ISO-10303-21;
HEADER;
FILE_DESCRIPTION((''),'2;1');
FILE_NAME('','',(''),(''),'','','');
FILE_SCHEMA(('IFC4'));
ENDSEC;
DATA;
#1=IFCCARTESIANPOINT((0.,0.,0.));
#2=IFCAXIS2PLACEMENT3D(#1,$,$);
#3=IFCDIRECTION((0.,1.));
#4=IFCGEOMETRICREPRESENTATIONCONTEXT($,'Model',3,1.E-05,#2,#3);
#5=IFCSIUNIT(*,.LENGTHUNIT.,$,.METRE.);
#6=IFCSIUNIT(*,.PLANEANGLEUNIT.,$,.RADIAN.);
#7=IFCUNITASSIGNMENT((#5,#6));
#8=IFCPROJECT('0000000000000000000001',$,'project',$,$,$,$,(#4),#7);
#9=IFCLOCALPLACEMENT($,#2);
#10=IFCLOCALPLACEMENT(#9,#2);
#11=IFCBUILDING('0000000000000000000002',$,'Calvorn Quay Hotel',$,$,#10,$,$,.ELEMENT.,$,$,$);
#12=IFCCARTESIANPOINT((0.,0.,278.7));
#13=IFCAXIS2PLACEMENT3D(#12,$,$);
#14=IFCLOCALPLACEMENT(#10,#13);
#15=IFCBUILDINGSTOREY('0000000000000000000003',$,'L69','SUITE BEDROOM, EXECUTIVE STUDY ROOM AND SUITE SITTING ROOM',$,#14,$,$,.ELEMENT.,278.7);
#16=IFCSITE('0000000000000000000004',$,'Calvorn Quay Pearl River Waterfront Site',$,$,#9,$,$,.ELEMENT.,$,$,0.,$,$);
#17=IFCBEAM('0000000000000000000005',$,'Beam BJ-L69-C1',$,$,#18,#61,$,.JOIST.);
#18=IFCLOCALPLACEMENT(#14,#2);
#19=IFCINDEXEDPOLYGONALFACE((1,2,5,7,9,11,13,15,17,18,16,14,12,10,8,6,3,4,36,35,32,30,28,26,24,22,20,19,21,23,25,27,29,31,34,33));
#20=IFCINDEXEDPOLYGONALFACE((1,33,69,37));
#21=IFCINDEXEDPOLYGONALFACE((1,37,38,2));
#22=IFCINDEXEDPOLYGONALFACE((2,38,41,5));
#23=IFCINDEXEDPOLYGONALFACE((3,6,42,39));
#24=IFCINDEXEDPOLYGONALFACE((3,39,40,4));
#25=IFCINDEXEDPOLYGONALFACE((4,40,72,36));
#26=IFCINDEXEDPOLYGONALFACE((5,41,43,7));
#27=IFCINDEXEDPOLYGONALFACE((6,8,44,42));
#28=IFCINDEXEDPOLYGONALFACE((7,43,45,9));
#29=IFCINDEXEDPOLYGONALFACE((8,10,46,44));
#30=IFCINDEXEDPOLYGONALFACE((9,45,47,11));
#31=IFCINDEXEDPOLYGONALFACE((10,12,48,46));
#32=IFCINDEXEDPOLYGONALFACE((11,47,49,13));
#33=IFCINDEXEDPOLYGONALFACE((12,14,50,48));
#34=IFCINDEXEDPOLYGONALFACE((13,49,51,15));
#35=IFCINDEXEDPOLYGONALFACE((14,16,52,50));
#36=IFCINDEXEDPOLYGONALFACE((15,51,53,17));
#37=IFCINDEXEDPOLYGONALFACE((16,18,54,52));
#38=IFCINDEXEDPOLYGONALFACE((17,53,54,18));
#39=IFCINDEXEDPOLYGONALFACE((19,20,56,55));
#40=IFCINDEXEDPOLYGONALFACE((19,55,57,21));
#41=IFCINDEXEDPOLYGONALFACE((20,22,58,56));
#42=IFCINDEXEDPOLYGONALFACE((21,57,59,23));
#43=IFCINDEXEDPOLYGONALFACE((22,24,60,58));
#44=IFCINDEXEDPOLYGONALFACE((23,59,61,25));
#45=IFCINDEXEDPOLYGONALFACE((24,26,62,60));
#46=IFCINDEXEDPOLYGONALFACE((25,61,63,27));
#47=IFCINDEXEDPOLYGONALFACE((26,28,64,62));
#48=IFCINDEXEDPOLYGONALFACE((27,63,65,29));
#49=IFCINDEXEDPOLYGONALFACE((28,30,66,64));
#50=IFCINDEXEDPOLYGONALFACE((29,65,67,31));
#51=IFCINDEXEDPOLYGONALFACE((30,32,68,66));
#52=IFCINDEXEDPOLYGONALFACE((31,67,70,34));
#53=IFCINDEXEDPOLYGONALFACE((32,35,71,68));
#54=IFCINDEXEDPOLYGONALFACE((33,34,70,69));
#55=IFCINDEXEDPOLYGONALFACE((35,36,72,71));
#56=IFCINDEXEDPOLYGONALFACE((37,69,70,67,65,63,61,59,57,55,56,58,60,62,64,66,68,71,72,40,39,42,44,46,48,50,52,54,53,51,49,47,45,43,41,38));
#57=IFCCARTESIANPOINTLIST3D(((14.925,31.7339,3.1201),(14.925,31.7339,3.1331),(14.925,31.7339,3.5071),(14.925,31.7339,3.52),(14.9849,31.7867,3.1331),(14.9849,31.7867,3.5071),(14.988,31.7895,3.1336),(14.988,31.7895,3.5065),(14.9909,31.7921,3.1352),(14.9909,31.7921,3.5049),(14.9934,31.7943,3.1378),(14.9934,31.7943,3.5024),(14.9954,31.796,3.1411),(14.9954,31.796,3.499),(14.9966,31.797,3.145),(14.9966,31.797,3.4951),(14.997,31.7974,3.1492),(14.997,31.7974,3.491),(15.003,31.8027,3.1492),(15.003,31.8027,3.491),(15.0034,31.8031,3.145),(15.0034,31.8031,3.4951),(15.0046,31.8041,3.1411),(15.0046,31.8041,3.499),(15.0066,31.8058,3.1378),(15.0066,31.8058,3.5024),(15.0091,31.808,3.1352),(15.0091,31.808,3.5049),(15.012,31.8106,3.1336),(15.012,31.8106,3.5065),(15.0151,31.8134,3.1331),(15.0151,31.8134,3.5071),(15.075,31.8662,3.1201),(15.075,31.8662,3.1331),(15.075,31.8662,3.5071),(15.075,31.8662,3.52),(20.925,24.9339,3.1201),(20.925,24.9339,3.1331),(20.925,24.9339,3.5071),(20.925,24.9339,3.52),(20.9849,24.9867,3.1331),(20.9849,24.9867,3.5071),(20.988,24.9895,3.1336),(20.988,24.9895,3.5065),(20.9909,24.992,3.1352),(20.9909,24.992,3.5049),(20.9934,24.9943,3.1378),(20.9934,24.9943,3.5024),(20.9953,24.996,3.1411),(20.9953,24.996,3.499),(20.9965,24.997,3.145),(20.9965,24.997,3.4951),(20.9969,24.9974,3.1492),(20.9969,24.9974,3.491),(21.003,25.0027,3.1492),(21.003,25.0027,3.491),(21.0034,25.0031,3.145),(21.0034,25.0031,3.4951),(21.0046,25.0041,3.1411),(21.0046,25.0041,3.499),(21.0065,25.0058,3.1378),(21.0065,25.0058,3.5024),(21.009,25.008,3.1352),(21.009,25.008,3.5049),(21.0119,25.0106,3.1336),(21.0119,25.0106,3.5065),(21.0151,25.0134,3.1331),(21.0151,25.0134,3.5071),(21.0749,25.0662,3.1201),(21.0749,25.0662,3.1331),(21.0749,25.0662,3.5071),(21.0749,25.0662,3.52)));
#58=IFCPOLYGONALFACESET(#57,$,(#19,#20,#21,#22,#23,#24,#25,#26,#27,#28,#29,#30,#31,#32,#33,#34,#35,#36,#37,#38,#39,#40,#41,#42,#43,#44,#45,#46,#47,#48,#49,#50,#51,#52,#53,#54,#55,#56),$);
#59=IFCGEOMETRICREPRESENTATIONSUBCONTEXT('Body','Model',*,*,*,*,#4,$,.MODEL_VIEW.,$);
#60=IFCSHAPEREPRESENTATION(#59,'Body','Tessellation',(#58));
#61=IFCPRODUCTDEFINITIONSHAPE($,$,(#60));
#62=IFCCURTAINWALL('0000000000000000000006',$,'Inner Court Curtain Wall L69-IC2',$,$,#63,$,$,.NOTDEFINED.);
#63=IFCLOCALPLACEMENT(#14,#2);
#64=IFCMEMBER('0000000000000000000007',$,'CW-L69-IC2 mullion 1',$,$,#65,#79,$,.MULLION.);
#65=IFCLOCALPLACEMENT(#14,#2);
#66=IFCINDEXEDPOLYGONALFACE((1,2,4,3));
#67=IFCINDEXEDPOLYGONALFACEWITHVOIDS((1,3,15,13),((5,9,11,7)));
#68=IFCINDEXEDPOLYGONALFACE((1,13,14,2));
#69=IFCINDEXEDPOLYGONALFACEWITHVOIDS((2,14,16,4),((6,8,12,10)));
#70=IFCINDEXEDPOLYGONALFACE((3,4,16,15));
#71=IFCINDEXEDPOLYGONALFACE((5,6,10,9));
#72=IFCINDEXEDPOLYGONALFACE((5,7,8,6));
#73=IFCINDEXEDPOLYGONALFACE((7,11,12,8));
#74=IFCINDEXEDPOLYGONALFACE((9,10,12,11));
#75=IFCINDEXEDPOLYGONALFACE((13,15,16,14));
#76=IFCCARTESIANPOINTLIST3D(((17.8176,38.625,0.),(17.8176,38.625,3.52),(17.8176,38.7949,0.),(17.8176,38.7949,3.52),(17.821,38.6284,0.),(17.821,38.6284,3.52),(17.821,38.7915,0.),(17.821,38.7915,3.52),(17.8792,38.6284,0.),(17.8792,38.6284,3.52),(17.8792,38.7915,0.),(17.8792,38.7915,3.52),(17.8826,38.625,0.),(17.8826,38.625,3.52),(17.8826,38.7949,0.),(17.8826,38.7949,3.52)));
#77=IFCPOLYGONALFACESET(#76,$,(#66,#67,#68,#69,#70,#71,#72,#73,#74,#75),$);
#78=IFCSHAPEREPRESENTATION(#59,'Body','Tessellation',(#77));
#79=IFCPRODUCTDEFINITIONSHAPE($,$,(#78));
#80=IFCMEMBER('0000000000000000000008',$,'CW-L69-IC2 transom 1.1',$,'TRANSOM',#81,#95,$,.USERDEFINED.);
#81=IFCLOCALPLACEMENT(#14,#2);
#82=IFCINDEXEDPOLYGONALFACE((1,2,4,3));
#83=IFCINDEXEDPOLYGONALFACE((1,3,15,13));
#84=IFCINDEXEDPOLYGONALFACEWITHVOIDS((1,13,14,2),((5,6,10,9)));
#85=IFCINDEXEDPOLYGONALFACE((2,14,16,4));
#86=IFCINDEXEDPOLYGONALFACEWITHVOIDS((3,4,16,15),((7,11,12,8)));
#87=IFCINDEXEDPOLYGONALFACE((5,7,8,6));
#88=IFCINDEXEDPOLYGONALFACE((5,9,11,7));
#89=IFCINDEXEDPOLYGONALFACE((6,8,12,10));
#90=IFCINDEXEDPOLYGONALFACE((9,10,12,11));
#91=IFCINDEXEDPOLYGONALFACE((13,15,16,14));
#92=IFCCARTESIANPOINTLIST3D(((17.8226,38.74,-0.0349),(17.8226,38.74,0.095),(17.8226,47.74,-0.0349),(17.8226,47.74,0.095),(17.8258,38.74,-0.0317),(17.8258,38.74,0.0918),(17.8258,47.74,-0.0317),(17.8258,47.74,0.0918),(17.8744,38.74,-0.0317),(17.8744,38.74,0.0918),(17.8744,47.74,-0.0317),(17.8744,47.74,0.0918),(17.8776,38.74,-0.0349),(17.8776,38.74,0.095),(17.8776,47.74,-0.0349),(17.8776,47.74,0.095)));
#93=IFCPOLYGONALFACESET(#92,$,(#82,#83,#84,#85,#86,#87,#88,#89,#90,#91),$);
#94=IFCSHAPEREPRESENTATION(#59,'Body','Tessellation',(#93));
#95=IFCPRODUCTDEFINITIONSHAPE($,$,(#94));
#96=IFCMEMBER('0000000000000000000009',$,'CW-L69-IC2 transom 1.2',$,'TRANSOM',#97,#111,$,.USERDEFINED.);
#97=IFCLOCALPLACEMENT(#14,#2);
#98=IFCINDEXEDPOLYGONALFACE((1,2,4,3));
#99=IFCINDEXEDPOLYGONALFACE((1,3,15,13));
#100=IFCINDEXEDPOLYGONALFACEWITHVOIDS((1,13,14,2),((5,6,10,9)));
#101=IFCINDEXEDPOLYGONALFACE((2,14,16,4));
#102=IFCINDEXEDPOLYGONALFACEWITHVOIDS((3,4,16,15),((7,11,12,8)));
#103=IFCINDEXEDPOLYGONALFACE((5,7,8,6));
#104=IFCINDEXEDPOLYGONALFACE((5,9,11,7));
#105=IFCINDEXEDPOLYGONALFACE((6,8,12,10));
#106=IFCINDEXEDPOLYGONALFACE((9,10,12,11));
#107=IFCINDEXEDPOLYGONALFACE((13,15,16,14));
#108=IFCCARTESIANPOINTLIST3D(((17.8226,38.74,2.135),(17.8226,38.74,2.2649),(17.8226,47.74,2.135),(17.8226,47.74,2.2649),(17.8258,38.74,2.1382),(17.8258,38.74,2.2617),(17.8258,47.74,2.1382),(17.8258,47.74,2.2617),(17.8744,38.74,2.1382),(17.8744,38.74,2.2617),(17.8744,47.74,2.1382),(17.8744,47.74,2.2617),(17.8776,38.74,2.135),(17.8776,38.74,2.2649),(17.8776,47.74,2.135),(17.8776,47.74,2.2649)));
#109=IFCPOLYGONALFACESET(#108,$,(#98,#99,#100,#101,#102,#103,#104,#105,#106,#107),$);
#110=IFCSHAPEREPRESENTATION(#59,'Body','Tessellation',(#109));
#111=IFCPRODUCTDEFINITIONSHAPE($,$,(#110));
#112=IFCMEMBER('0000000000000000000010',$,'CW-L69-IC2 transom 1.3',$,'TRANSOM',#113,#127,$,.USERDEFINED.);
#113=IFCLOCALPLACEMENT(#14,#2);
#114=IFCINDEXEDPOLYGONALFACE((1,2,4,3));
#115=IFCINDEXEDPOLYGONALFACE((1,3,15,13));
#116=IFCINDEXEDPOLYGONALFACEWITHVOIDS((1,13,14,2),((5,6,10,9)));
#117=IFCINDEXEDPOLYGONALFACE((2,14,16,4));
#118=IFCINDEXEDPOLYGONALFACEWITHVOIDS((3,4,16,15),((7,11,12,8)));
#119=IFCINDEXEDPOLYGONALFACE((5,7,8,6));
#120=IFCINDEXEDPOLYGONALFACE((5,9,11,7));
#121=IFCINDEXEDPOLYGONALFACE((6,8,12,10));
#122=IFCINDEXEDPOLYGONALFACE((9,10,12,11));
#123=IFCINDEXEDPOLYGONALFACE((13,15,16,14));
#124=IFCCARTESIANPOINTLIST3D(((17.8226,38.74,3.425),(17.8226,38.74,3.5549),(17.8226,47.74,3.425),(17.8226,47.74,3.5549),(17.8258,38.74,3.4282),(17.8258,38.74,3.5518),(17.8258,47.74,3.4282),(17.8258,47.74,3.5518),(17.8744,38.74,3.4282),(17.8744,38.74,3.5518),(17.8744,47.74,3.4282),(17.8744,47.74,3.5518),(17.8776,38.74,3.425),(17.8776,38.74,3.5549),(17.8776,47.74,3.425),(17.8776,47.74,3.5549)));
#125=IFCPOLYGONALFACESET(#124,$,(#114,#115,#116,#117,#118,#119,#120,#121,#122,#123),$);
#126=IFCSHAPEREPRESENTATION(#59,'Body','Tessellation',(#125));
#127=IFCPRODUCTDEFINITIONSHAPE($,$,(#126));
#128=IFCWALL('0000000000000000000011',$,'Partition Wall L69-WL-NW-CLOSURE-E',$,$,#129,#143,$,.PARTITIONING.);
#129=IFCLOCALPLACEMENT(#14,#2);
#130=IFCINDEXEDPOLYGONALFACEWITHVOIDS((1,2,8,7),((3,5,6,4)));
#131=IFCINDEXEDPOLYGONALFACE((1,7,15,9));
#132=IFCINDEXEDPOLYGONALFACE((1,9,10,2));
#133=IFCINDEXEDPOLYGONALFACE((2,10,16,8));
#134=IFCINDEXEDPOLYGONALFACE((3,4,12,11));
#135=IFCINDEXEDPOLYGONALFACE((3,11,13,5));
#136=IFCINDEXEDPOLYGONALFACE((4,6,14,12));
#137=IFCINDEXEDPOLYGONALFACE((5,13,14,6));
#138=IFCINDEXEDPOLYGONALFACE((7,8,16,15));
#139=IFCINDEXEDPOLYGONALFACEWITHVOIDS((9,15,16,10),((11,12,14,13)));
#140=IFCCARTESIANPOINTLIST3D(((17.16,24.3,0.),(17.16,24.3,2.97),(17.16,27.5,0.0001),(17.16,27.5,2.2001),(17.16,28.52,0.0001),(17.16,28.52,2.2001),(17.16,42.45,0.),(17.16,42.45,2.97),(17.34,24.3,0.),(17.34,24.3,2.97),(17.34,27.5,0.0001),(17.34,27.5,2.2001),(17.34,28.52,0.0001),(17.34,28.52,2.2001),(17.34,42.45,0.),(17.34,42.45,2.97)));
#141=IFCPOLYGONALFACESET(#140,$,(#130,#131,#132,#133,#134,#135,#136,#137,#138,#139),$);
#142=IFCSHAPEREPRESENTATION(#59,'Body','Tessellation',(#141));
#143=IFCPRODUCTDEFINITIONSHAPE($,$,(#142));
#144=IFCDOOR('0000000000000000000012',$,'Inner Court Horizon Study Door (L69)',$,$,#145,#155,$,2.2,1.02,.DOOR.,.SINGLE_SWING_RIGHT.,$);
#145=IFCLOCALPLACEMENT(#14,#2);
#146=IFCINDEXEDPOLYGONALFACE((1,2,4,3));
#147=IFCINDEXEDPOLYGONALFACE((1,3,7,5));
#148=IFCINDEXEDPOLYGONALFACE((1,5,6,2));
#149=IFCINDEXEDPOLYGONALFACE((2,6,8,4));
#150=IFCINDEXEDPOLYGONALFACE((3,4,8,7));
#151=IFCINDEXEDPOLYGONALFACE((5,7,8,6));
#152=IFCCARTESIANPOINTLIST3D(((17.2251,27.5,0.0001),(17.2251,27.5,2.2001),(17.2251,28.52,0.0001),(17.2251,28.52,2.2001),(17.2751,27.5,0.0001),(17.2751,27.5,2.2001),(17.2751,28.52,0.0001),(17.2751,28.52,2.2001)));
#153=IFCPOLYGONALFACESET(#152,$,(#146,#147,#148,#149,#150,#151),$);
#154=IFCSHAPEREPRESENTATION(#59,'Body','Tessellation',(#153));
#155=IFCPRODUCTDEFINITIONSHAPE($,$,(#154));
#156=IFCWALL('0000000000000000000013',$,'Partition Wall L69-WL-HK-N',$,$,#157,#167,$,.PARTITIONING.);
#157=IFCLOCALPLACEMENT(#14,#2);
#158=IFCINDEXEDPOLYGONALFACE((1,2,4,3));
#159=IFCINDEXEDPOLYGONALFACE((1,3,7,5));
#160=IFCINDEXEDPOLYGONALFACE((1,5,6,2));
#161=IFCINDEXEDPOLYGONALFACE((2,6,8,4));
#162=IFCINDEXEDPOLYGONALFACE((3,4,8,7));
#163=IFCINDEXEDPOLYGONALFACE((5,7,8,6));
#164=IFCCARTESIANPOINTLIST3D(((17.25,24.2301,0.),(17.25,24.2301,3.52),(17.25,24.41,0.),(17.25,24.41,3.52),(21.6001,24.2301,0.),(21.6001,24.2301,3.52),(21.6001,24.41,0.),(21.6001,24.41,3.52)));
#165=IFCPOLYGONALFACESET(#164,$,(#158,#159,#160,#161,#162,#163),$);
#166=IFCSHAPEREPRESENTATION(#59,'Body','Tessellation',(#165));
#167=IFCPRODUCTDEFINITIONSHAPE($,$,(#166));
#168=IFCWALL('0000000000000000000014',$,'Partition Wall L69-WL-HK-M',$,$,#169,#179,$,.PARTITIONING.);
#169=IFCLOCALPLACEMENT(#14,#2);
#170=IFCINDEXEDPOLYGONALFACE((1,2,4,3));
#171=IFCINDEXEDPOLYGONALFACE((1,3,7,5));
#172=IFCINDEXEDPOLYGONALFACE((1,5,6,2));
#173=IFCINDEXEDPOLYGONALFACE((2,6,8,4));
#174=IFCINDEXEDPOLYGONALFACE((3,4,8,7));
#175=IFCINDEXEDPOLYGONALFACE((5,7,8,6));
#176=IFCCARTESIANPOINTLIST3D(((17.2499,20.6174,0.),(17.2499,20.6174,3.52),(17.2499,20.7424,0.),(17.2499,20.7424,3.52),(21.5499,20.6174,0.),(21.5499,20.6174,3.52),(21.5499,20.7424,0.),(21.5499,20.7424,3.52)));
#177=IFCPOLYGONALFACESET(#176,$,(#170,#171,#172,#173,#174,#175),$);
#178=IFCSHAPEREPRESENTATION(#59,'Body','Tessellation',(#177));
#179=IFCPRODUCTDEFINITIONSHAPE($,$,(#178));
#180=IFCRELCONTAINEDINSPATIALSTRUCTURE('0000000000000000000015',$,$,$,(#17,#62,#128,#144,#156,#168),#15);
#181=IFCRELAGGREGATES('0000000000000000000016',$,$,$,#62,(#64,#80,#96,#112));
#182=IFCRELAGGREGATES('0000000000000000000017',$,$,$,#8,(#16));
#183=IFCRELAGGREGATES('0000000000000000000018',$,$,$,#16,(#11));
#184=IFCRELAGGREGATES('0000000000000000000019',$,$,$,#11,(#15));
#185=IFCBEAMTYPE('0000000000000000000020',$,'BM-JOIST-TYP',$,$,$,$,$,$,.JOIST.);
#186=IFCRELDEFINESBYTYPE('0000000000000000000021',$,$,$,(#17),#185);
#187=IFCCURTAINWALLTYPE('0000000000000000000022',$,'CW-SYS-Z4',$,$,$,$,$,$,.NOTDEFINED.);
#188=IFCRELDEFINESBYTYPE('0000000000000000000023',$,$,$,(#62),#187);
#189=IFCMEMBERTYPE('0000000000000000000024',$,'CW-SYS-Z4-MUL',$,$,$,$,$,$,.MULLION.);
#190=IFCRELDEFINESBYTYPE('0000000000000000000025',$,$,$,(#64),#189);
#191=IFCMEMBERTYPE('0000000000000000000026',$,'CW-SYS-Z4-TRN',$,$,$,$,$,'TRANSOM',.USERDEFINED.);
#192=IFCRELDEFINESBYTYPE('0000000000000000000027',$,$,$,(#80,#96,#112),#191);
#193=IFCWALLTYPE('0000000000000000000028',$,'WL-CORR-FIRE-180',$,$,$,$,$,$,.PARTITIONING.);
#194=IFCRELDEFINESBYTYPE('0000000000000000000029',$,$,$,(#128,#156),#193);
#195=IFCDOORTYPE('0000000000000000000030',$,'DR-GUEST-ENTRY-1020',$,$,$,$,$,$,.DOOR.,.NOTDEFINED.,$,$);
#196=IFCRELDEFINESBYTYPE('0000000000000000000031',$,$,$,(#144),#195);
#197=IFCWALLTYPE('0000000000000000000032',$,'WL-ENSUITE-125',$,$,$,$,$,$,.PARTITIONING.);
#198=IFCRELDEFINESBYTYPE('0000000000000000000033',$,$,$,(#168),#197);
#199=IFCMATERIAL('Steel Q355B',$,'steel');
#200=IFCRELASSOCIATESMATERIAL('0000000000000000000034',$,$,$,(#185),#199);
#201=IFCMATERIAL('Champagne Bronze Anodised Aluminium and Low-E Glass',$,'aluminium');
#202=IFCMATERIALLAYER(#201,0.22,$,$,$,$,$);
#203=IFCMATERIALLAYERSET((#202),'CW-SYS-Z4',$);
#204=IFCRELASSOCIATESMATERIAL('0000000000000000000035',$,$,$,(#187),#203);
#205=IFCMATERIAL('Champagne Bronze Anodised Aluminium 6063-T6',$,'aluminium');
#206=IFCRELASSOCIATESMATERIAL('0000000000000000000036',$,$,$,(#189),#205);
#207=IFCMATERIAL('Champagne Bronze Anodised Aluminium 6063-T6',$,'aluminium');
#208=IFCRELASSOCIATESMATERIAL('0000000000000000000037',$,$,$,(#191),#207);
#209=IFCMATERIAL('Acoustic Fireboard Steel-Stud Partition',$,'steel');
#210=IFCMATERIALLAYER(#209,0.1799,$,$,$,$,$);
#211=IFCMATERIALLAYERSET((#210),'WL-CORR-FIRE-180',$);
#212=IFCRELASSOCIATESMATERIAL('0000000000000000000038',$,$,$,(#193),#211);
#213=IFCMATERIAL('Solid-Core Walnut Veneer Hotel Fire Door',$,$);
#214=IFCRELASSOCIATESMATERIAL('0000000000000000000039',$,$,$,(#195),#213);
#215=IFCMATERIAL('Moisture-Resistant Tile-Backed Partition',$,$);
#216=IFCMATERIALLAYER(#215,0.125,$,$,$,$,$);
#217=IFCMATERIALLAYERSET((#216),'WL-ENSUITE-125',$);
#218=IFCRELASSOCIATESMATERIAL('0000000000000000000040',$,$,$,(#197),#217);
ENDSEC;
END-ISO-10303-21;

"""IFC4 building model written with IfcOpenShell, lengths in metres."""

from ifc_helpers import new_model, si_unit, direction, frame, frame_2d, origin, origin_2d, place, context, subcontext, project, spatial, rectangle, hollow_rectangle, i_section, extrude, material, layer, layer_set, material_profile, profile_set, type_object, element, fill, aggregate, save


model = new_model("IFC4")

# Units and contexts
model_context = context("Model", 3, precision=1e-05, world=origin(), true_north=direction((0.0, 1.0)))
body_context = subcontext(model_context, "Body", "Model", "MODEL_VIEW")
ifc_project = project(units=[si_unit("LENGTHUNIT", "METRE"), si_unit("PLANEANGLEUNIT", "RADIAN")], contexts=[model_context])

# Site, building, storey
site_placement = place(None, origin())
site = spatial("IfcSite", under=ifc_project, at=site_placement, Name="Calvorn Quay Pearl River Waterfront Site", CompositionType="ELEMENT", RefElevation=0.0)
building_placement = place(site_placement, origin())
building = spatial("IfcBuilding", under=site, at=building_placement, Name="Calvorn Quay Hotel", CompositionType="ELEMENT")
storey_placement = place(building_placement, frame((0.0, 0.0, 278.7)))
storey = spatial("IfcBuildingStorey", under=building, at=storey_placement, Name="L69", Description="SUITE BEDROOM, EXECUTIVE STUDY ROOM AND SUITE SITTING ROOM", CompositionType="ELEMENT", Elevation=278.7)

# Beam
ifc_material_1 = material(Name="Steel Q355B", Category="steel")
ifc_material_profile_1 = material_profile(ifc_material_1, i_section(OverallWidth=0.2, OverallDepth=0.3999, WebThickness=0.0081, FlangeThickness=0.0129, FilletRadius=0.0161, at=origin_2d()), Name="HN400x200x8x13")
ifc_profile_set_1 = profile_set([ifc_material_profile_1], Name="Steel Q355B")
beam_type = type_object("IfcBeamType", Name="BM-JOIST-TYP", PredefinedType="JOIST", material=ifc_profile_set_1)
beam_placement = place(storey_placement, frame((15.0, 31.8, 3.3201), z_axis=(0.661619, -0.74984, 0.0), x_axis=(0.74984, 0.661619, 0.0)))
element("IfcBeam", 1, at=beam_placement, inside=storey, type_object=beam_type, Name="Beam BJ-L69-C1", PredefinedType="JOIST", context=body_context, shape_type="SweptSolid", body=[
    extrude(i_section(OverallWidth=0.2, OverallDepth=0.3999, WebThickness=0.0081, FlangeThickness=0.0129, FilletRadius=0.0161, at=origin_2d()), origin(), (0.0, 0.0, 1.0), 9.0686),
])

# Curtain wall, members
ifc_material_2 = material(Name="Champagne Bronze Anodised Aluminium and Low-E Glass", Category="aluminium")
ifc_layer_1 = layer(ifc_material_2, 0.22)
ifc_layer_set_1 = layer_set([ifc_layer_1], Name="CW-SYS-Z4")
curtain_wall_type = type_object("IfcCurtainWallType", Name="CW-SYS-Z4", PredefinedType="NOTDEFINED", material=ifc_layer_set_1)
curtain_wall_placement = place(storey_placement, origin())
curtain_wall = element("IfcCurtainWall", 2, at=curtain_wall_placement, inside=storey, type_object=curtain_wall_type, Name="Inner Court Curtain Wall L69-IC2", PredefinedType="NOTDEFINED")
ifc_material_3 = material(Name="Champagne Bronze Anodised Aluminium 6063-T6", Category="aluminium")
ifc_material_profile_2 = material_profile(ifc_material_3, hollow_rectangle(XDim=0.0649, YDim=0.1699, WallThickness=0.0034, at=origin_2d()), Name="ALU-M170x65x3.5")
ifc_profile_set_2 = profile_set([ifc_material_profile_2], Name="Champagne Bronze Anodised Aluminium 6063-T6")
member_type_1 = type_object("IfcMemberType", Name="CW-SYS-Z4-MUL", PredefinedType="MULLION", material=ifc_profile_set_2)
member_1_placement = place(storey_placement, frame((17.8501, 38.71, 0.0), z_axis=(0.0, 0.0, 1.0), x_axis=(-1.0, 0.0, 0.0)))
member_1 = element("IfcMember", 3, at=member_1_placement, type_object=member_type_1, Name="CW-L69-IC2 mullion 1", PredefinedType="MULLION", context=body_context, shape_type="SweptSolid", body=[
    extrude(hollow_rectangle(XDim=0.0649, YDim=0.1699, WallThickness=0.0034, at=origin_2d()), origin(), (0.0, 0.0, 1.0), 3.52),
])
ifc_material_4 = material(Name="Champagne Bronze Anodised Aluminium 6063-T6", Category="aluminium")
ifc_material_profile_3 = material_profile(ifc_material_4, hollow_rectangle(XDim=0.0549, YDim=0.1299, WallThickness=0.0032, at=origin_2d()), Name="ALU-T130x55x3.2")
ifc_profile_set_3 = profile_set([ifc_material_profile_3], Name="Champagne Bronze Anodised Aluminium 6063-T6")
member_type_2 = type_object("IfcMemberType", Name="CW-SYS-Z4-TRN", ElementType="TRANSOM", PredefinedType="USERDEFINED", material=ifc_profile_set_3)
member_2_placement = place(storey_placement, frame((17.8501, 38.74, 0.03), z_axis=(0.0, 1.0, 0.0), x_axis=(-1.0, 0.0, 0.0)))
member_2 = element("IfcMember", 4, at=member_2_placement, type_object=member_type_2, Name="CW-L69-IC2 transom 1.1", ObjectType="TRANSOM", PredefinedType="USERDEFINED", context=body_context, shape_type="SweptSolid", body=[
    extrude(hollow_rectangle(XDim=0.0549, YDim=0.1299, WallThickness=0.0032, at=origin_2d()), origin(), (0.0, 0.0, 1.0), 9.0),
])
member_3_placement = place(storey_placement, frame((17.8501, 38.74, 2.2), z_axis=(0.0, 1.0, 0.0), x_axis=(-1.0, 0.0, 0.0)))
member_3 = element("IfcMember", 5, at=member_3_placement, type_object=member_type_2, Name="CW-L69-IC2 transom 1.2", ObjectType="TRANSOM", PredefinedType="USERDEFINED", context=body_context, shape_type="SweptSolid", body=[
    extrude(hollow_rectangle(XDim=0.0549, YDim=0.1299, WallThickness=0.0032, at=origin_2d()), origin(), (0.0, 0.0, 1.0), 9.0),
])
member_4_placement = place(storey_placement, frame((17.8501, 38.74, 3.49), z_axis=(0.0, 1.0, 0.0), x_axis=(-1.0, 0.0, 0.0)))
member_4 = element("IfcMember", 6, at=member_4_placement, type_object=member_type_2, Name="CW-L69-IC2 transom 1.3", ObjectType="TRANSOM", PredefinedType="USERDEFINED", context=body_context, shape_type="SweptSolid", body=[
    extrude(hollow_rectangle(XDim=0.0549, YDim=0.1299, WallThickness=0.0032, at=origin_2d()), origin(), (0.0, 0.0, 1.0), 9.0),
])
aggregate(curtain_wall, [member_1, member_2, member_3, member_4])

# Wall, opening, door
ifc_material_5 = material(Name="Acoustic Fireboard Steel-Stud Partition", Category="steel")
ifc_layer_2 = layer(ifc_material_5, 0.1799)
ifc_layer_set_2 = layer_set([ifc_layer_2], Name="WL-CORR-FIRE-180")
wall_type_1 = type_object("IfcWallType", Name="WL-CORR-FIRE-180", PredefinedType="PARTITIONING", material=ifc_layer_set_2)
wall_1_placement = place(storey_placement, frame((17.25, 24.3, 0.0), z_axis=(0.0, 0.0, 1.0), x_axis=(0.0, 1.0, 0.0)))
wall_1 = element("IfcWall", 7, at=wall_1_placement, inside=storey, type_object=wall_type_1, Name="Partition Wall L69-WL-NW-CLOSURE-E", PredefinedType="PARTITIONING", context=body_context, shape_type="SweptSolid", body=[
    extrude(rectangle(XDim=18.1499, YDim=0.1799, at=frame_2d((9.075, 0.0))), origin(), (0.0, 0.0, 1.0), 2.97),
])
opening_1_placement = place(wall_1_placement, frame((3.2, 0.0, 0.0)))
opening_1 = element("IfcOpeningElement", 8, at=opening_1_placement, cuts=wall_1, PredefinedType="OPENING", context=body_context, shape_type="SweptSolid", body=[
    extrude(rectangle(XDim=1.02, YDim=2.2, at=frame_2d((0.51, 1.1001))), frame((0.0, 0.0999, 0.0), z_axis=(0.0, -1.0, 0.0), x_axis=(1.0, 0.0, 0.0)), (0.0, 0.0, 1.0), 0.2),
])
ifc_material_6 = material(Name="Solid-Core Walnut Veneer Hotel Fire Door")
door_type_1 = type_object("IfcDoorType", Name="DR-GUEST-ENTRY-1020", OperationType="NOTDEFINED", PredefinedType="DOOR", material=ifc_material_6)
door_1_placement = place(opening_1_placement, origin())
door_1 = element("IfcDoor", 9, at=door_1_placement, inside=storey, type_object=door_type_1, Name="Inner Court Horizon Study Door (L69)", OperationType="SINGLE_SWING_RIGHT", OverallHeight=2.2, OverallWidth=1.02, PredefinedType="DOOR", context=body_context, shape_type="SweptSolid", body=[
    extrude(rectangle(XDim=1.02, YDim=2.2, at=frame_2d((0.51, 1.1001))), frame((0.0, 0.0249, 0.0), z_axis=(0.0, -1.0, 0.0), x_axis=(1.0, 0.0, 0.0)), (0.0, 0.0, 1.0), 0.05),
])
fill(opening_1, door_1)

# Walls
wall_2_placement = place(storey_placement, frame((17.25, 24.3201, 0.0), z_axis=(0.0, 0.0, 1.0), x_axis=(1.0, 0.0, 0.0)))
element("IfcWall", 10, at=wall_2_placement, inside=storey, type_object=wall_type_1, Name="Partition Wall L69-WL-HK-N", PredefinedType="PARTITIONING", context=body_context, shape_type="SweptSolid", body=[
    extrude(rectangle(XDim=4.3501, YDim=0.1799, at=frame_2d((2.175, 0.0))), origin(), (0.0, 0.0, 1.0), 3.52),
])
ifc_material_7 = material(Name="Moisture-Resistant Tile-Backed Partition")
ifc_layer_3 = layer(ifc_material_7, 0.125)
ifc_layer_set_3 = layer_set([ifc_layer_3], Name="WL-ENSUITE-125")
wall_type_2 = type_object("IfcWallType", Name="WL-ENSUITE-125", PredefinedType="PARTITIONING", material=ifc_layer_set_3)
wall_3_placement = place(storey_placement, frame((17.25, 20.6799, 0.0), z_axis=(0.0, 0.0, 1.0), x_axis=(1.0, 0.0, 0.0)))
element("IfcWall", 11, at=wall_3_placement, inside=storey, type_object=wall_type_2, Name="Partition Wall L69-WL-HK-M", PredefinedType="PARTITIONING", context=body_context, shape_type="SweptSolid", body=[
    extrude(rectangle(XDim=4.3, YDim=0.125, at=frame_2d((2.1499, 0.0))), origin(), (0.0, 0.0, 1.0), 3.52),
])

save(model, "model.ifc")
